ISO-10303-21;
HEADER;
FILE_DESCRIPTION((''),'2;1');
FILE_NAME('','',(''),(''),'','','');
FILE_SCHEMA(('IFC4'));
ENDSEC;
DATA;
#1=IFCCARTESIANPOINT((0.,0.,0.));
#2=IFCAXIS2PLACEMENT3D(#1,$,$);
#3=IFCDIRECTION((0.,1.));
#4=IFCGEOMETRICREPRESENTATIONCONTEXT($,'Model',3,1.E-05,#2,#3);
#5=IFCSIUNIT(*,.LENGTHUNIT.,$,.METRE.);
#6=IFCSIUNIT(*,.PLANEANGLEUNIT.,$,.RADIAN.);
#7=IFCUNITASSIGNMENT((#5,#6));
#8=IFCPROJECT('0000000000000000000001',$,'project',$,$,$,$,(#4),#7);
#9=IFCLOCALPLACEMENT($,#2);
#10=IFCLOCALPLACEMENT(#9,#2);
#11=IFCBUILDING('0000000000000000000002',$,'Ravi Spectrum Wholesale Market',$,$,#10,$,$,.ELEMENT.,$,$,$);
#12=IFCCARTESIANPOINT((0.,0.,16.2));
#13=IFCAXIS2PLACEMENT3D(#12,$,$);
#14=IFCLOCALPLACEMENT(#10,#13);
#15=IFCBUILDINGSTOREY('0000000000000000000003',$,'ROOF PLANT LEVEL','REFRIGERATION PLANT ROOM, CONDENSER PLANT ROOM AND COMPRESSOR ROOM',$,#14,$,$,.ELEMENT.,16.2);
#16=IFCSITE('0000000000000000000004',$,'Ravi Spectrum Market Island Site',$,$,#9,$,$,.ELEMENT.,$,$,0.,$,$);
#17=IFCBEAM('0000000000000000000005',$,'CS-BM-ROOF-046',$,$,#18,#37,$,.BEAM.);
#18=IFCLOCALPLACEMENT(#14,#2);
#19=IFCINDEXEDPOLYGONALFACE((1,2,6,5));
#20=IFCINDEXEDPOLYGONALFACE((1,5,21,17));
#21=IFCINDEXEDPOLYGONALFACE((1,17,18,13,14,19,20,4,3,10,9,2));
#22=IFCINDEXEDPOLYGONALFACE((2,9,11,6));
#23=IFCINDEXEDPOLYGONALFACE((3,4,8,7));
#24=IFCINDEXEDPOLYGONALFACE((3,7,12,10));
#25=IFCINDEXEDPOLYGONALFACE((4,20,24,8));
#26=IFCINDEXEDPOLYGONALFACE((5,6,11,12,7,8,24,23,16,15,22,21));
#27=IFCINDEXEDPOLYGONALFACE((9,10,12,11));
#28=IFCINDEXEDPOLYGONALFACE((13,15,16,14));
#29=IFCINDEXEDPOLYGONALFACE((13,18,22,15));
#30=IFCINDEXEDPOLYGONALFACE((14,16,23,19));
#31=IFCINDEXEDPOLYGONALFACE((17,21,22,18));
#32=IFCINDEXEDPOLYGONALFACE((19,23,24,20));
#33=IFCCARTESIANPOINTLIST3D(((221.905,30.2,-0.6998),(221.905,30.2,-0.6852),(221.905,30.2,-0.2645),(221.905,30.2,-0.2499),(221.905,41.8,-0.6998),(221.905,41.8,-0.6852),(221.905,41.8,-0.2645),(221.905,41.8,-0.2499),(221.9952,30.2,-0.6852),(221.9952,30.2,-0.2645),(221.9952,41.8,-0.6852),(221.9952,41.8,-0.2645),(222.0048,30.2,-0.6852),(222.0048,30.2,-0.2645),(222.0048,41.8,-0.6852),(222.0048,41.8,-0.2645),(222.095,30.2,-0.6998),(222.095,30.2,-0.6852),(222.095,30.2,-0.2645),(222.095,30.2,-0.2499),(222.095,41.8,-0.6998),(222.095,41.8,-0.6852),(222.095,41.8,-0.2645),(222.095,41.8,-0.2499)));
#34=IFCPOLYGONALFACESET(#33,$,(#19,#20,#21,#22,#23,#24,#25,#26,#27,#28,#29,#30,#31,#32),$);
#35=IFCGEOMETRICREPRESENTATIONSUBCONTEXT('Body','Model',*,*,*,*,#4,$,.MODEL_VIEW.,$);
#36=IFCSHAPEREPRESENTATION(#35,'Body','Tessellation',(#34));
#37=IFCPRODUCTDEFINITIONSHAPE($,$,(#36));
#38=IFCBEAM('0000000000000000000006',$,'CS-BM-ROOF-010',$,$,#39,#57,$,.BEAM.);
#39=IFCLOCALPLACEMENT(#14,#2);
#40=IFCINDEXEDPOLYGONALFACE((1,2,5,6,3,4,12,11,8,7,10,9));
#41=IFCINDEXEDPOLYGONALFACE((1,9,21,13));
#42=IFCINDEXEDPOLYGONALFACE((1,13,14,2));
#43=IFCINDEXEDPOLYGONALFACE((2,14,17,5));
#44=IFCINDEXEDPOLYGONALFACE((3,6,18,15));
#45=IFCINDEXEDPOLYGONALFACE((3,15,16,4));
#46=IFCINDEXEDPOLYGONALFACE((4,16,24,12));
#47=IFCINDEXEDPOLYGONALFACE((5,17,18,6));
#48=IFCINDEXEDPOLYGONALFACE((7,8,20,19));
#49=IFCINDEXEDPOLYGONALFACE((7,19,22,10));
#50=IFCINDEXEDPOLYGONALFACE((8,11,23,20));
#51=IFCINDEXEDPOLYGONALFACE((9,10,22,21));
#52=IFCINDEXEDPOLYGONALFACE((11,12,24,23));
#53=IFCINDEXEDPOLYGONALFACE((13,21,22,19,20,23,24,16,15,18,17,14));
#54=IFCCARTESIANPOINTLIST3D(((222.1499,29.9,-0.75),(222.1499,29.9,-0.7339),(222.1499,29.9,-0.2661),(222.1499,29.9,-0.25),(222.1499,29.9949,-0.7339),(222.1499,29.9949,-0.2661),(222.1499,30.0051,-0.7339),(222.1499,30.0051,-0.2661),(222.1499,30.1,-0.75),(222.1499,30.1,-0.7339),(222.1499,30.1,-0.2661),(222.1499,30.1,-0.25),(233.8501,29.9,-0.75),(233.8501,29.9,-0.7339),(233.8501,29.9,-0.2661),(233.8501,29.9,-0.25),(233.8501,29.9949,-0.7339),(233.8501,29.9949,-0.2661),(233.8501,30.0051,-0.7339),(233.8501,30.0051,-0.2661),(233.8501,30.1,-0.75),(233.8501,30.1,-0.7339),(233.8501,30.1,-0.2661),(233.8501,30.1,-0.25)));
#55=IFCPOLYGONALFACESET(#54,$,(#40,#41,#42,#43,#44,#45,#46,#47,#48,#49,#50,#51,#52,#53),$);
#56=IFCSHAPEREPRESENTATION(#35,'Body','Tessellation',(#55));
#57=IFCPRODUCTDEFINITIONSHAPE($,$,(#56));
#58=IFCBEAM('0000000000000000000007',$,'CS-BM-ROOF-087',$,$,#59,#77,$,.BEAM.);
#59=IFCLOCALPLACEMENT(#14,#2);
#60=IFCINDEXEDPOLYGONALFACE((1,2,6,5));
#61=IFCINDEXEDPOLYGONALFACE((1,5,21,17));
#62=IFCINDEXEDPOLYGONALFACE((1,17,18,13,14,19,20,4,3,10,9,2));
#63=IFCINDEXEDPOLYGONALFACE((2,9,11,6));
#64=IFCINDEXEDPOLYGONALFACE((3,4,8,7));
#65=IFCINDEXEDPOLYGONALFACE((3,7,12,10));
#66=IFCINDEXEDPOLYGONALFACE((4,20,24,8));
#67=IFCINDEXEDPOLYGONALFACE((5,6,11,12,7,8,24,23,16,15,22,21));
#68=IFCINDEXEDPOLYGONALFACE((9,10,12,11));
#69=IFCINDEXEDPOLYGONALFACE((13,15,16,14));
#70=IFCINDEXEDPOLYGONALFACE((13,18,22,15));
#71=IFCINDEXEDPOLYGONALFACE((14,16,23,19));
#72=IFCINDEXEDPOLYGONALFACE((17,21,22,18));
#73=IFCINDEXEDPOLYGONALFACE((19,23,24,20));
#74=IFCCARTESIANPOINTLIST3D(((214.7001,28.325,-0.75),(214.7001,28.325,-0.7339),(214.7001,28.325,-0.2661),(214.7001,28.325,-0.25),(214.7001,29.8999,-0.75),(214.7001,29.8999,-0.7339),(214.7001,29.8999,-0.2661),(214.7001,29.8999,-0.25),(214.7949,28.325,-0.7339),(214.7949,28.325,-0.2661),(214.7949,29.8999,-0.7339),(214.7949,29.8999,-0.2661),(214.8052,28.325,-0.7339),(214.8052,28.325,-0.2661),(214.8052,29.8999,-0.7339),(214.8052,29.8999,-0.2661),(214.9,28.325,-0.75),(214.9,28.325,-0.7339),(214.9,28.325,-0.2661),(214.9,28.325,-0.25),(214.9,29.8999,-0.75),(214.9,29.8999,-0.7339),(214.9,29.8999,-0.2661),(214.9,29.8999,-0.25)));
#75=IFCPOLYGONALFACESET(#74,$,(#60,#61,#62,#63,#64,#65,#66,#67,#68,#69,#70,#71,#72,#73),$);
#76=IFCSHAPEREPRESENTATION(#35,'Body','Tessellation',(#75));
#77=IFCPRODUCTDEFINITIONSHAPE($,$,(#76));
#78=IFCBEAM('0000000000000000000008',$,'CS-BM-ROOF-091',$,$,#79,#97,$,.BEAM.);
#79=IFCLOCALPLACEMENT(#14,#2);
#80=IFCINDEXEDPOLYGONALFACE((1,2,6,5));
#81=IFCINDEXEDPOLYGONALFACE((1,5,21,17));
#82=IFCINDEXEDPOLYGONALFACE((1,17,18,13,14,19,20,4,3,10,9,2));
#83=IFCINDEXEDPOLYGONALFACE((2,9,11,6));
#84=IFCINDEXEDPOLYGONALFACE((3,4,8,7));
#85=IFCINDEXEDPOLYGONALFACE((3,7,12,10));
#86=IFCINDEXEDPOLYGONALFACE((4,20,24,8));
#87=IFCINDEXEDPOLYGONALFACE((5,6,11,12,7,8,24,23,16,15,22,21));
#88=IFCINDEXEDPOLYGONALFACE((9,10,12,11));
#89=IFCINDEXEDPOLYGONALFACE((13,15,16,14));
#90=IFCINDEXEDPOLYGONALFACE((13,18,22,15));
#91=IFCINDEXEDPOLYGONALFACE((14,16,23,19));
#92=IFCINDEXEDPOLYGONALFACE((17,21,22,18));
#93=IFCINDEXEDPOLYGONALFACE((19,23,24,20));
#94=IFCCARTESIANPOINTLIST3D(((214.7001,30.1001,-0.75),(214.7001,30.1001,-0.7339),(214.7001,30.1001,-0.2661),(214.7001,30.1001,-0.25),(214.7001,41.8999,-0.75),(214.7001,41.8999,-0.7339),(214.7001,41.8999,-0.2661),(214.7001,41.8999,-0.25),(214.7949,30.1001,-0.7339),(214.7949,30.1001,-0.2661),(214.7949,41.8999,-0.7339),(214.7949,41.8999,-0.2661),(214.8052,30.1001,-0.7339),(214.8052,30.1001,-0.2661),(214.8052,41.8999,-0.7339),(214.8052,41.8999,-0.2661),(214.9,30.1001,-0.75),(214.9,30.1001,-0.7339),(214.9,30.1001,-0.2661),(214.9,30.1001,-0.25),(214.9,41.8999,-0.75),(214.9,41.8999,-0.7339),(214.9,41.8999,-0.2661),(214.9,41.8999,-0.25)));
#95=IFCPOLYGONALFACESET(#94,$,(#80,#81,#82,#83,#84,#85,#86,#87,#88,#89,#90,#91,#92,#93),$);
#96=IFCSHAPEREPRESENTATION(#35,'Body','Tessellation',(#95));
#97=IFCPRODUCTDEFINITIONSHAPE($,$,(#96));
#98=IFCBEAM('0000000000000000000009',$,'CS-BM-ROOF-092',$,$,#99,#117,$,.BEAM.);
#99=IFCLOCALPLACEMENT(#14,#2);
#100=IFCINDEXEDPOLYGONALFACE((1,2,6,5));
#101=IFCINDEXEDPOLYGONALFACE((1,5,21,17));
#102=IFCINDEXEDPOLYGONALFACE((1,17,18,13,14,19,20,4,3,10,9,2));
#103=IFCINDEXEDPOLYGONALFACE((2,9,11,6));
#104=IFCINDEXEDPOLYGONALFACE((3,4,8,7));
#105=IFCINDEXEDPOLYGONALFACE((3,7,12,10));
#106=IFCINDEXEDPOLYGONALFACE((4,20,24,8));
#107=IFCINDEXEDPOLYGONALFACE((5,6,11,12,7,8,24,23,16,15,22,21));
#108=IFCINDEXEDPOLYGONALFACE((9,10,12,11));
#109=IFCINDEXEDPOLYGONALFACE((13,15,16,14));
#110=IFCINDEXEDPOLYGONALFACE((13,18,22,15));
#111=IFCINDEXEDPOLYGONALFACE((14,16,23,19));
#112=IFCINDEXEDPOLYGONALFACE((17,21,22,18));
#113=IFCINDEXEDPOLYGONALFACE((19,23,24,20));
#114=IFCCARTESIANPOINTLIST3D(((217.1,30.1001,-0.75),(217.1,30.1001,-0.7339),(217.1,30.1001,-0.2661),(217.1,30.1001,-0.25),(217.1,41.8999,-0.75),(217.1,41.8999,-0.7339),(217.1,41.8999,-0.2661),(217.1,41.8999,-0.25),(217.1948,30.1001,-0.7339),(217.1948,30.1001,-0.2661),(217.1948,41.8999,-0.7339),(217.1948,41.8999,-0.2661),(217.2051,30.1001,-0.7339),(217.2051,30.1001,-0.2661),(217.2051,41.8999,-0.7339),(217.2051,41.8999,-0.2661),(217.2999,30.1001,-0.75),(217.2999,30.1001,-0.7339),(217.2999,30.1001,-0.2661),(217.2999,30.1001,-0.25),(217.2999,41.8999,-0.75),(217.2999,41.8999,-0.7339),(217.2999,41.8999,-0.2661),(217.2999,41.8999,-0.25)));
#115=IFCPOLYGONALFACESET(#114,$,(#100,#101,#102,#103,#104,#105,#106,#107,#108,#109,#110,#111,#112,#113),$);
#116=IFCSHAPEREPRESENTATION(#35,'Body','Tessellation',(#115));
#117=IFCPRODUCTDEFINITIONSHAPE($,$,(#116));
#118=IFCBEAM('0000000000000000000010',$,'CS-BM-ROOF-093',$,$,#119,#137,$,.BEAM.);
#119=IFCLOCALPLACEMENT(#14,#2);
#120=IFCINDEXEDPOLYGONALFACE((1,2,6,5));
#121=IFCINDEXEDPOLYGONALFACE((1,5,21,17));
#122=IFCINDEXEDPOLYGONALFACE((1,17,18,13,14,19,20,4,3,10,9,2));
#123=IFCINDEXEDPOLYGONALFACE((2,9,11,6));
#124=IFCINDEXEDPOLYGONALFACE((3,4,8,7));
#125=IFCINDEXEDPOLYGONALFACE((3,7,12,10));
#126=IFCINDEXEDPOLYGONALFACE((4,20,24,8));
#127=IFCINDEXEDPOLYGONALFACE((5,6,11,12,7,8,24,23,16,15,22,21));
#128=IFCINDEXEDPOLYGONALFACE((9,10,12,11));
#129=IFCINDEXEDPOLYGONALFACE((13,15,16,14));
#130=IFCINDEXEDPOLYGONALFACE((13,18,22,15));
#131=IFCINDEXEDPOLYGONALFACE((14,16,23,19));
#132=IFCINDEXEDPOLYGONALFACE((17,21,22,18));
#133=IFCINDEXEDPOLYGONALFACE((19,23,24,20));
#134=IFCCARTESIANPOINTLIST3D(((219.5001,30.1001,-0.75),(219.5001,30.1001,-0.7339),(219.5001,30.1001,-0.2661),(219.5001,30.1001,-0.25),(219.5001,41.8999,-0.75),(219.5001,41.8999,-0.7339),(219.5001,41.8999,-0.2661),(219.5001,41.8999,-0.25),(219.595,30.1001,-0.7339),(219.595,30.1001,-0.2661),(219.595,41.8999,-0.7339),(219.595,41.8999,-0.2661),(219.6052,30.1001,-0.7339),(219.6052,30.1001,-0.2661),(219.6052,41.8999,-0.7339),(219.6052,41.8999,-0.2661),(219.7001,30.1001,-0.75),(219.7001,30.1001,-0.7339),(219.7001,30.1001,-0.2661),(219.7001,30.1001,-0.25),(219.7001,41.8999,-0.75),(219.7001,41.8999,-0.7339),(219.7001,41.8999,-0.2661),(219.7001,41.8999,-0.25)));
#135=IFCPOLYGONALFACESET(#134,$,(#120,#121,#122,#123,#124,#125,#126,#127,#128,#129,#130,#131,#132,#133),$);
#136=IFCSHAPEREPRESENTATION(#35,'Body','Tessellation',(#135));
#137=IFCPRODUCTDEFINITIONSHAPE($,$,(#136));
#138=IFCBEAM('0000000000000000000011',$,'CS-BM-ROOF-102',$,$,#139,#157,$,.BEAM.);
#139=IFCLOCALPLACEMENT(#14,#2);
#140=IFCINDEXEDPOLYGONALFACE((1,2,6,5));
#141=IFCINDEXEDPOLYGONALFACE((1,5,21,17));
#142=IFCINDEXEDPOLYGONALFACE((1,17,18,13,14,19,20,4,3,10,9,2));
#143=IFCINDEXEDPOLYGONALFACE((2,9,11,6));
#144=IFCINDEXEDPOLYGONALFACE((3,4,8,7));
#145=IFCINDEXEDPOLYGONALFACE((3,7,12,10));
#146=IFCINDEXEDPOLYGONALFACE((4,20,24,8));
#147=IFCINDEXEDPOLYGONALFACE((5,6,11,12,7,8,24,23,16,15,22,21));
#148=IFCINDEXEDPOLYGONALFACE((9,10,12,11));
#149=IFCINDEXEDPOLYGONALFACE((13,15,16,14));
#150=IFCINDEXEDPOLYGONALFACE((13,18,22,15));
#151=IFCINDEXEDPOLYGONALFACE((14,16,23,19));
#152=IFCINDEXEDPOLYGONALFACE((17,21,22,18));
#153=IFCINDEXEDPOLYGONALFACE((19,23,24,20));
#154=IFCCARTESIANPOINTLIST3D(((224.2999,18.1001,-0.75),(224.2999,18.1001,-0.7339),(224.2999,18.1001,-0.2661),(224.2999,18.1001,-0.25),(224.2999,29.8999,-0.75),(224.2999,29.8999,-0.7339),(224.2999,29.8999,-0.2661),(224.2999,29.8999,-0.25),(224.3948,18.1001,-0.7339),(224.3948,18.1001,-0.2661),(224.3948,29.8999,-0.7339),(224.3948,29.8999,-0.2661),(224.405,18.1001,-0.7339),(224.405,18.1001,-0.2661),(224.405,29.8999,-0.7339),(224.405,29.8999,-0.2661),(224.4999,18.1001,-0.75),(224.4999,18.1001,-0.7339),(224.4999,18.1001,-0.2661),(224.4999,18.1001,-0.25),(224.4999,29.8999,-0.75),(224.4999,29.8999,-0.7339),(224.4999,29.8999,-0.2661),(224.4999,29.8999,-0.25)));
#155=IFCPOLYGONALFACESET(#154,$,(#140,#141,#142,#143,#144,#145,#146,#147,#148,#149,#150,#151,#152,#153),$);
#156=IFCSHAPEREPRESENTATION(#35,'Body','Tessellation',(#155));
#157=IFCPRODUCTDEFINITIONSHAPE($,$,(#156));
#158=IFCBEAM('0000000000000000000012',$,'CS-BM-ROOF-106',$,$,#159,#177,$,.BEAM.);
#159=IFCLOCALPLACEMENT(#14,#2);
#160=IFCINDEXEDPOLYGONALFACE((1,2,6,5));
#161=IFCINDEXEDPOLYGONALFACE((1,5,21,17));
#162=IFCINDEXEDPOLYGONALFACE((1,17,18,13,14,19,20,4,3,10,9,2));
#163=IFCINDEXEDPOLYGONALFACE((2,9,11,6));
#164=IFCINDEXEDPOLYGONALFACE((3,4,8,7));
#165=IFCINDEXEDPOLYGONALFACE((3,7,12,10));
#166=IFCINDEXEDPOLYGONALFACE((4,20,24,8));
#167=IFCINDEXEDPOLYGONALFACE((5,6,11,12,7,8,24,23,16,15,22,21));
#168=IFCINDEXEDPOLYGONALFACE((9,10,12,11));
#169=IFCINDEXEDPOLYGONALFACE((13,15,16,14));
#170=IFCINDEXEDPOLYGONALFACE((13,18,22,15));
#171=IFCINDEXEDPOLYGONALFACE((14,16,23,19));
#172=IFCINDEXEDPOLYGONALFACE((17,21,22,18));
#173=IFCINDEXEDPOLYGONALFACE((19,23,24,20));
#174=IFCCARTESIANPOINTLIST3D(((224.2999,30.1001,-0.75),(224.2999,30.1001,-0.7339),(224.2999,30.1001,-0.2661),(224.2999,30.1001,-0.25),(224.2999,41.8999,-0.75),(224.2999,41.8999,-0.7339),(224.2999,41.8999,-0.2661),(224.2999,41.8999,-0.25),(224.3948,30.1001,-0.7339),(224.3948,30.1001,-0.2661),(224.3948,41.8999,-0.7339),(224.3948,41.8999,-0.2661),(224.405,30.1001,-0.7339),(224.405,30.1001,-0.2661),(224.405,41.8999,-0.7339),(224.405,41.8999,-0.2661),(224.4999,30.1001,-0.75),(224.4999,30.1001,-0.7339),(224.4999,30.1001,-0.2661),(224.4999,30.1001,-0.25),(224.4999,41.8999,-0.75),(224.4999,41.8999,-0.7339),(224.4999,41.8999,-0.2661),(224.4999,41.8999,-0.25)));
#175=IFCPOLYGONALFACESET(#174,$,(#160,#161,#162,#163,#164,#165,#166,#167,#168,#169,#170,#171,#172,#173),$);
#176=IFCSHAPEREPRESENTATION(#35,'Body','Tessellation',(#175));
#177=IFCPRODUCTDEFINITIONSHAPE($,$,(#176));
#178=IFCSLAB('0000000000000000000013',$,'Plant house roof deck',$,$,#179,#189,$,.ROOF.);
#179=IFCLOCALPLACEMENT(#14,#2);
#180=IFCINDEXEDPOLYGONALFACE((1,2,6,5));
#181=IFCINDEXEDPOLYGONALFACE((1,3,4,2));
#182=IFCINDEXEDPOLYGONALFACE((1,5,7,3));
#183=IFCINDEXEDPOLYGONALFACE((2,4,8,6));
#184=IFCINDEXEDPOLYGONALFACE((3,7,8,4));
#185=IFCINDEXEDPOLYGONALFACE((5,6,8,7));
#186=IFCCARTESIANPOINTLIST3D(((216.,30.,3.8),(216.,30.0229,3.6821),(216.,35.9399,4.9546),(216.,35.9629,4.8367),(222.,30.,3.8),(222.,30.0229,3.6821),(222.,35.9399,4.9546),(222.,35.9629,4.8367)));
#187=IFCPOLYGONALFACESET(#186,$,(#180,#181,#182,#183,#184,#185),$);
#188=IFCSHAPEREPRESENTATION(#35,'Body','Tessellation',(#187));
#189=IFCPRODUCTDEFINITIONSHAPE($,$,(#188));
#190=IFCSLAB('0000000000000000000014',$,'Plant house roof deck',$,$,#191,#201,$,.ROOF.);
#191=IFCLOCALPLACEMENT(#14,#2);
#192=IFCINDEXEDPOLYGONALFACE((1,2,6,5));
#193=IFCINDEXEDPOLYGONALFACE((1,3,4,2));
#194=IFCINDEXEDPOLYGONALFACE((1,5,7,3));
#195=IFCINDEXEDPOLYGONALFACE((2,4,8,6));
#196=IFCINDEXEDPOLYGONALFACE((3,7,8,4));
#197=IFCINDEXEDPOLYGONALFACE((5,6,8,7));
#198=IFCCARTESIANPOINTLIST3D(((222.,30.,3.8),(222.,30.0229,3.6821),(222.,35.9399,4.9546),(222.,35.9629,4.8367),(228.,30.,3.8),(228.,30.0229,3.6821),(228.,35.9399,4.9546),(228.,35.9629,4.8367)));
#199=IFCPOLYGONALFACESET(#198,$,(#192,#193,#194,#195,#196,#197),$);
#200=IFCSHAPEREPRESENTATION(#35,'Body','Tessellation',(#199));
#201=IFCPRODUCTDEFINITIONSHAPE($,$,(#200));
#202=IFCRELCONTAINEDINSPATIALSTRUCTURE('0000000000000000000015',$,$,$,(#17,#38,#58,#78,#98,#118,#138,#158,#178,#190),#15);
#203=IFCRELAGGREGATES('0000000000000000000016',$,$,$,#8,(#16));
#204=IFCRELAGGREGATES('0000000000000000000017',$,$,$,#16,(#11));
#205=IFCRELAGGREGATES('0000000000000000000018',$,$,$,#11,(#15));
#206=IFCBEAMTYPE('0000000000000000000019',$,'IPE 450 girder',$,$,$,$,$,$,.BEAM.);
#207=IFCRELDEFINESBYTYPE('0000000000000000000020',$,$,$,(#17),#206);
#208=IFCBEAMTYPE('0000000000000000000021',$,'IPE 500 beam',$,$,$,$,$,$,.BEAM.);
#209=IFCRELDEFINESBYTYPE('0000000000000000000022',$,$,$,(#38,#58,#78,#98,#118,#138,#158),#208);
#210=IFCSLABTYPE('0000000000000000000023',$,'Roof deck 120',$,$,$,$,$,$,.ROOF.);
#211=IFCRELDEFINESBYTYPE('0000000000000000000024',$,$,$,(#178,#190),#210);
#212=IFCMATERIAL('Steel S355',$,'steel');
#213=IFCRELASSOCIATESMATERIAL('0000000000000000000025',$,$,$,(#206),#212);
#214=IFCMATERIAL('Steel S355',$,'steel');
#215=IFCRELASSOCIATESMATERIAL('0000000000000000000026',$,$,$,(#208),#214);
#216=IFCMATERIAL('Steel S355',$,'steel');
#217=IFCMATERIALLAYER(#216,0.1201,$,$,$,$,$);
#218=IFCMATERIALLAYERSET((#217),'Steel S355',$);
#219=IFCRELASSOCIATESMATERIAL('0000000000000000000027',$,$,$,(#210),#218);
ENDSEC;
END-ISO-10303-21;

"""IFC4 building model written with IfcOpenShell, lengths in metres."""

from ifc_helpers import new_model, si_unit, direction, frame, origin, origin_2d, place, context, subcontext, project, spatial, polyline, i_section, outline, extrude, material, layer, layer_set, material_profile, profile_set, type_object, element, save


model = new_model("IFC4")

# Units and contexts
model_context = context("Model", 3, precision=1e-05, world=origin(), true_north=direction((0.0, 1.0)))
body_context = subcontext(model_context, "Body", "Model", "MODEL_VIEW")
ifc_project = project(units=[si_unit("LENGTHUNIT", "METRE"), si_unit("PLANEANGLEUNIT", "RADIAN")], contexts=[model_context])

# Site, building, storey
site_placement = place(None, origin())
site = spatial("IfcSite", under=ifc_project, at=site_placement, Name="Ravi Spectrum Market Island Site", CompositionType="ELEMENT", RefElevation=0.0)
building_placement = place(site_placement, origin())
building = spatial("IfcBuilding", under=site, at=building_placement, Name="Ravi Spectrum Wholesale Market", CompositionType="ELEMENT")
storey_placement = place(building_placement, frame((0.0, 0.0, 16.2)))
storey = spatial("IfcBuildingStorey", under=building, at=storey_placement, Name="ROOF PLANT LEVEL", Description="REFRIGERATION PLANT ROOM, CONDENSER PLANT ROOM AND COMPRESSOR ROOM", CompositionType="ELEMENT", Elevation=16.2)

# Beams
ifc_material_1 = material(Name="Steel S355", Category="steel")
ifc_material_profile_1 = material_profile(ifc_material_1, i_section(OverallWidth=0.1899, OverallDepth=0.45, WebThickness=0.0095, FlangeThickness=0.0146, at=origin_2d()))
ifc_profile_set_1 = profile_set([ifc_material_profile_1], Name="Steel S355")
beam_type_1 = type_object("IfcBeamType", Name="IPE 450 girder", PredefinedType="BEAM", material=ifc_profile_set_1)
beam_1_placement = place(storey_placement, frame((222.0, 30.2, -0.4749), z_axis=(0.0, 1.0, 0.0), x_axis=(-1.0, 0.0, 0.0)))
element("IfcBeam", 1, at=beam_1_placement, inside=storey, type_object=beam_type_1, Name="CS-BM-ROOF-046", PredefinedType="BEAM", context=body_context, shape_type="SweptSolid", body=[
    extrude(i_section(OverallWidth=0.1899, OverallDepth=0.45, WebThickness=0.0095, FlangeThickness=0.0146, at=origin_2d()), origin(), (0.0, 0.0, 1.0), 11.6001),
])
ifc_material_2 = material(Name="Steel S355", Category="steel")
ifc_material_profile_2 = material_profile(ifc_material_2, i_section(OverallWidth=0.2, OverallDepth=0.5, WebThickness=0.0103, FlangeThickness=0.0161, at=origin_2d()))
ifc_profile_set_2 = profile_set([ifc_material_profile_2], Name="Steel S355")
beam_type_2 = type_object("IfcBeamType", Name="IPE 500 beam", PredefinedType="BEAM", material=ifc_profile_set_2)
beam_2_placement = place(storey_placement, frame((222.1499, 30.0, -0.5), z_axis=(1.0, 0.0, 0.0), x_axis=(0.0, 1.0, 0.0)))
element("IfcBeam", 2, at=beam_2_placement, inside=storey, type_object=beam_type_2, Name="CS-BM-ROOF-010", PredefinedType="BEAM", context=body_context, shape_type="SweptSolid", body=[
    extrude(i_section(OverallWidth=0.2, OverallDepth=0.5, WebThickness=0.0103, FlangeThickness=0.0161, at=origin_2d()), origin(), (0.0, 0.0, 1.0), 11.7002),
])
beam_3_placement = place(storey_placement, frame((214.8, 28.325, -0.5), z_axis=(0.0, 1.0, 0.0), x_axis=(-1.0, 0.0, 0.0)))
element("IfcBeam", 3, at=beam_3_placement, inside=storey, type_object=beam_type_2, Name="CS-BM-ROOF-087", PredefinedType="BEAM", context=body_context, shape_type="SweptSolid", body=[
    extrude(i_section(OverallWidth=0.2, OverallDepth=0.5, WebThickness=0.0103, FlangeThickness=0.0161, at=origin_2d()), origin(), (0.0, 0.0, 1.0), 1.575),
])
for number, where, z_axis, x_axis, name in (
    (4, (214.8, 30.1001, -0.5), (0.0, 1.0, 0.0), (-1.0, 0.0, 0.0), "CS-BM-ROOF-091"),
    (5, (217.2, 30.1001, -0.5), (0.0, 1.0, 0.0), (-1.0, 0.0, 0.0), "CS-BM-ROOF-092"),
    (6, (219.6001, 30.1001, -0.5), (0.0, 1.0, 0.0), (-1.0, 0.0, 0.0), "CS-BM-ROOF-093"),
    (7, (224.3999, 18.1001, -0.5), (0.0, 1.0, 0.0), (-1.0, 0.0, 0.0), "CS-BM-ROOF-102"),
    (8, (224.3999, 30.1001, -0.5), (0.0, 1.0, 0.0), (-1.0, 0.0, 0.0), "CS-BM-ROOF-106"),
):
    element("IfcBeam", number, at=place(storey_placement, frame(where, z_axis=z_axis, x_axis=x_axis)), inside=storey, type_object=beam_type_2, Name=name, PredefinedType="BEAM", context=body_context, shape_type="SweptSolid", body=[
        extrude(i_section(OverallWidth=0.2, OverallDepth=0.5, WebThickness=0.0103, FlangeThickness=0.0161, at=origin_2d()), origin(), (0.0, 0.0, 1.0), 11.7998),
    ])

# Slabs
ifc_material_3 = material(Name="Steel S355", Category="steel")
ifc_layer_1 = layer(ifc_material_3, 0.1201)
ifc_layer_set_1 = layer_set([ifc_layer_1], Name="Steel S355")
slab_type = type_object("IfcSlabType", Name="Roof deck 120", PredefinedType="ROOF", material=ifc_layer_set_1)
for number, where, z_axis, x_axis, name in (
    (9, (216.0, 30.0, 3.8), (0.0, -0.190798, 0.981629), (1.0, 0.0, 0.0), "Plant house roof deck"),
    (10, (222.0, 30.0, 3.8), (0.0, -0.190798, 0.981629), (1.0, 0.0, 0.0), "Plant house roof deck"),
):
    element("IfcSlab", number, at=place(storey_placement, frame(where, z_axis=z_axis, x_axis=x_axis)), inside=storey, type_object=slab_type, Name=name, PredefinedType="ROOF", context=body_context, shape_type="SweptSolid", body=[
        extrude(outline(polyline([(0.0, 0.0), (6.0, 0.0), (6.0, 6.0511), (0.0, 6.0511), (0.0, 0.0)])), origin(), (0.0, 0.0, -1.0), 0.1201),
    ])

save(model, "model.ifc")
